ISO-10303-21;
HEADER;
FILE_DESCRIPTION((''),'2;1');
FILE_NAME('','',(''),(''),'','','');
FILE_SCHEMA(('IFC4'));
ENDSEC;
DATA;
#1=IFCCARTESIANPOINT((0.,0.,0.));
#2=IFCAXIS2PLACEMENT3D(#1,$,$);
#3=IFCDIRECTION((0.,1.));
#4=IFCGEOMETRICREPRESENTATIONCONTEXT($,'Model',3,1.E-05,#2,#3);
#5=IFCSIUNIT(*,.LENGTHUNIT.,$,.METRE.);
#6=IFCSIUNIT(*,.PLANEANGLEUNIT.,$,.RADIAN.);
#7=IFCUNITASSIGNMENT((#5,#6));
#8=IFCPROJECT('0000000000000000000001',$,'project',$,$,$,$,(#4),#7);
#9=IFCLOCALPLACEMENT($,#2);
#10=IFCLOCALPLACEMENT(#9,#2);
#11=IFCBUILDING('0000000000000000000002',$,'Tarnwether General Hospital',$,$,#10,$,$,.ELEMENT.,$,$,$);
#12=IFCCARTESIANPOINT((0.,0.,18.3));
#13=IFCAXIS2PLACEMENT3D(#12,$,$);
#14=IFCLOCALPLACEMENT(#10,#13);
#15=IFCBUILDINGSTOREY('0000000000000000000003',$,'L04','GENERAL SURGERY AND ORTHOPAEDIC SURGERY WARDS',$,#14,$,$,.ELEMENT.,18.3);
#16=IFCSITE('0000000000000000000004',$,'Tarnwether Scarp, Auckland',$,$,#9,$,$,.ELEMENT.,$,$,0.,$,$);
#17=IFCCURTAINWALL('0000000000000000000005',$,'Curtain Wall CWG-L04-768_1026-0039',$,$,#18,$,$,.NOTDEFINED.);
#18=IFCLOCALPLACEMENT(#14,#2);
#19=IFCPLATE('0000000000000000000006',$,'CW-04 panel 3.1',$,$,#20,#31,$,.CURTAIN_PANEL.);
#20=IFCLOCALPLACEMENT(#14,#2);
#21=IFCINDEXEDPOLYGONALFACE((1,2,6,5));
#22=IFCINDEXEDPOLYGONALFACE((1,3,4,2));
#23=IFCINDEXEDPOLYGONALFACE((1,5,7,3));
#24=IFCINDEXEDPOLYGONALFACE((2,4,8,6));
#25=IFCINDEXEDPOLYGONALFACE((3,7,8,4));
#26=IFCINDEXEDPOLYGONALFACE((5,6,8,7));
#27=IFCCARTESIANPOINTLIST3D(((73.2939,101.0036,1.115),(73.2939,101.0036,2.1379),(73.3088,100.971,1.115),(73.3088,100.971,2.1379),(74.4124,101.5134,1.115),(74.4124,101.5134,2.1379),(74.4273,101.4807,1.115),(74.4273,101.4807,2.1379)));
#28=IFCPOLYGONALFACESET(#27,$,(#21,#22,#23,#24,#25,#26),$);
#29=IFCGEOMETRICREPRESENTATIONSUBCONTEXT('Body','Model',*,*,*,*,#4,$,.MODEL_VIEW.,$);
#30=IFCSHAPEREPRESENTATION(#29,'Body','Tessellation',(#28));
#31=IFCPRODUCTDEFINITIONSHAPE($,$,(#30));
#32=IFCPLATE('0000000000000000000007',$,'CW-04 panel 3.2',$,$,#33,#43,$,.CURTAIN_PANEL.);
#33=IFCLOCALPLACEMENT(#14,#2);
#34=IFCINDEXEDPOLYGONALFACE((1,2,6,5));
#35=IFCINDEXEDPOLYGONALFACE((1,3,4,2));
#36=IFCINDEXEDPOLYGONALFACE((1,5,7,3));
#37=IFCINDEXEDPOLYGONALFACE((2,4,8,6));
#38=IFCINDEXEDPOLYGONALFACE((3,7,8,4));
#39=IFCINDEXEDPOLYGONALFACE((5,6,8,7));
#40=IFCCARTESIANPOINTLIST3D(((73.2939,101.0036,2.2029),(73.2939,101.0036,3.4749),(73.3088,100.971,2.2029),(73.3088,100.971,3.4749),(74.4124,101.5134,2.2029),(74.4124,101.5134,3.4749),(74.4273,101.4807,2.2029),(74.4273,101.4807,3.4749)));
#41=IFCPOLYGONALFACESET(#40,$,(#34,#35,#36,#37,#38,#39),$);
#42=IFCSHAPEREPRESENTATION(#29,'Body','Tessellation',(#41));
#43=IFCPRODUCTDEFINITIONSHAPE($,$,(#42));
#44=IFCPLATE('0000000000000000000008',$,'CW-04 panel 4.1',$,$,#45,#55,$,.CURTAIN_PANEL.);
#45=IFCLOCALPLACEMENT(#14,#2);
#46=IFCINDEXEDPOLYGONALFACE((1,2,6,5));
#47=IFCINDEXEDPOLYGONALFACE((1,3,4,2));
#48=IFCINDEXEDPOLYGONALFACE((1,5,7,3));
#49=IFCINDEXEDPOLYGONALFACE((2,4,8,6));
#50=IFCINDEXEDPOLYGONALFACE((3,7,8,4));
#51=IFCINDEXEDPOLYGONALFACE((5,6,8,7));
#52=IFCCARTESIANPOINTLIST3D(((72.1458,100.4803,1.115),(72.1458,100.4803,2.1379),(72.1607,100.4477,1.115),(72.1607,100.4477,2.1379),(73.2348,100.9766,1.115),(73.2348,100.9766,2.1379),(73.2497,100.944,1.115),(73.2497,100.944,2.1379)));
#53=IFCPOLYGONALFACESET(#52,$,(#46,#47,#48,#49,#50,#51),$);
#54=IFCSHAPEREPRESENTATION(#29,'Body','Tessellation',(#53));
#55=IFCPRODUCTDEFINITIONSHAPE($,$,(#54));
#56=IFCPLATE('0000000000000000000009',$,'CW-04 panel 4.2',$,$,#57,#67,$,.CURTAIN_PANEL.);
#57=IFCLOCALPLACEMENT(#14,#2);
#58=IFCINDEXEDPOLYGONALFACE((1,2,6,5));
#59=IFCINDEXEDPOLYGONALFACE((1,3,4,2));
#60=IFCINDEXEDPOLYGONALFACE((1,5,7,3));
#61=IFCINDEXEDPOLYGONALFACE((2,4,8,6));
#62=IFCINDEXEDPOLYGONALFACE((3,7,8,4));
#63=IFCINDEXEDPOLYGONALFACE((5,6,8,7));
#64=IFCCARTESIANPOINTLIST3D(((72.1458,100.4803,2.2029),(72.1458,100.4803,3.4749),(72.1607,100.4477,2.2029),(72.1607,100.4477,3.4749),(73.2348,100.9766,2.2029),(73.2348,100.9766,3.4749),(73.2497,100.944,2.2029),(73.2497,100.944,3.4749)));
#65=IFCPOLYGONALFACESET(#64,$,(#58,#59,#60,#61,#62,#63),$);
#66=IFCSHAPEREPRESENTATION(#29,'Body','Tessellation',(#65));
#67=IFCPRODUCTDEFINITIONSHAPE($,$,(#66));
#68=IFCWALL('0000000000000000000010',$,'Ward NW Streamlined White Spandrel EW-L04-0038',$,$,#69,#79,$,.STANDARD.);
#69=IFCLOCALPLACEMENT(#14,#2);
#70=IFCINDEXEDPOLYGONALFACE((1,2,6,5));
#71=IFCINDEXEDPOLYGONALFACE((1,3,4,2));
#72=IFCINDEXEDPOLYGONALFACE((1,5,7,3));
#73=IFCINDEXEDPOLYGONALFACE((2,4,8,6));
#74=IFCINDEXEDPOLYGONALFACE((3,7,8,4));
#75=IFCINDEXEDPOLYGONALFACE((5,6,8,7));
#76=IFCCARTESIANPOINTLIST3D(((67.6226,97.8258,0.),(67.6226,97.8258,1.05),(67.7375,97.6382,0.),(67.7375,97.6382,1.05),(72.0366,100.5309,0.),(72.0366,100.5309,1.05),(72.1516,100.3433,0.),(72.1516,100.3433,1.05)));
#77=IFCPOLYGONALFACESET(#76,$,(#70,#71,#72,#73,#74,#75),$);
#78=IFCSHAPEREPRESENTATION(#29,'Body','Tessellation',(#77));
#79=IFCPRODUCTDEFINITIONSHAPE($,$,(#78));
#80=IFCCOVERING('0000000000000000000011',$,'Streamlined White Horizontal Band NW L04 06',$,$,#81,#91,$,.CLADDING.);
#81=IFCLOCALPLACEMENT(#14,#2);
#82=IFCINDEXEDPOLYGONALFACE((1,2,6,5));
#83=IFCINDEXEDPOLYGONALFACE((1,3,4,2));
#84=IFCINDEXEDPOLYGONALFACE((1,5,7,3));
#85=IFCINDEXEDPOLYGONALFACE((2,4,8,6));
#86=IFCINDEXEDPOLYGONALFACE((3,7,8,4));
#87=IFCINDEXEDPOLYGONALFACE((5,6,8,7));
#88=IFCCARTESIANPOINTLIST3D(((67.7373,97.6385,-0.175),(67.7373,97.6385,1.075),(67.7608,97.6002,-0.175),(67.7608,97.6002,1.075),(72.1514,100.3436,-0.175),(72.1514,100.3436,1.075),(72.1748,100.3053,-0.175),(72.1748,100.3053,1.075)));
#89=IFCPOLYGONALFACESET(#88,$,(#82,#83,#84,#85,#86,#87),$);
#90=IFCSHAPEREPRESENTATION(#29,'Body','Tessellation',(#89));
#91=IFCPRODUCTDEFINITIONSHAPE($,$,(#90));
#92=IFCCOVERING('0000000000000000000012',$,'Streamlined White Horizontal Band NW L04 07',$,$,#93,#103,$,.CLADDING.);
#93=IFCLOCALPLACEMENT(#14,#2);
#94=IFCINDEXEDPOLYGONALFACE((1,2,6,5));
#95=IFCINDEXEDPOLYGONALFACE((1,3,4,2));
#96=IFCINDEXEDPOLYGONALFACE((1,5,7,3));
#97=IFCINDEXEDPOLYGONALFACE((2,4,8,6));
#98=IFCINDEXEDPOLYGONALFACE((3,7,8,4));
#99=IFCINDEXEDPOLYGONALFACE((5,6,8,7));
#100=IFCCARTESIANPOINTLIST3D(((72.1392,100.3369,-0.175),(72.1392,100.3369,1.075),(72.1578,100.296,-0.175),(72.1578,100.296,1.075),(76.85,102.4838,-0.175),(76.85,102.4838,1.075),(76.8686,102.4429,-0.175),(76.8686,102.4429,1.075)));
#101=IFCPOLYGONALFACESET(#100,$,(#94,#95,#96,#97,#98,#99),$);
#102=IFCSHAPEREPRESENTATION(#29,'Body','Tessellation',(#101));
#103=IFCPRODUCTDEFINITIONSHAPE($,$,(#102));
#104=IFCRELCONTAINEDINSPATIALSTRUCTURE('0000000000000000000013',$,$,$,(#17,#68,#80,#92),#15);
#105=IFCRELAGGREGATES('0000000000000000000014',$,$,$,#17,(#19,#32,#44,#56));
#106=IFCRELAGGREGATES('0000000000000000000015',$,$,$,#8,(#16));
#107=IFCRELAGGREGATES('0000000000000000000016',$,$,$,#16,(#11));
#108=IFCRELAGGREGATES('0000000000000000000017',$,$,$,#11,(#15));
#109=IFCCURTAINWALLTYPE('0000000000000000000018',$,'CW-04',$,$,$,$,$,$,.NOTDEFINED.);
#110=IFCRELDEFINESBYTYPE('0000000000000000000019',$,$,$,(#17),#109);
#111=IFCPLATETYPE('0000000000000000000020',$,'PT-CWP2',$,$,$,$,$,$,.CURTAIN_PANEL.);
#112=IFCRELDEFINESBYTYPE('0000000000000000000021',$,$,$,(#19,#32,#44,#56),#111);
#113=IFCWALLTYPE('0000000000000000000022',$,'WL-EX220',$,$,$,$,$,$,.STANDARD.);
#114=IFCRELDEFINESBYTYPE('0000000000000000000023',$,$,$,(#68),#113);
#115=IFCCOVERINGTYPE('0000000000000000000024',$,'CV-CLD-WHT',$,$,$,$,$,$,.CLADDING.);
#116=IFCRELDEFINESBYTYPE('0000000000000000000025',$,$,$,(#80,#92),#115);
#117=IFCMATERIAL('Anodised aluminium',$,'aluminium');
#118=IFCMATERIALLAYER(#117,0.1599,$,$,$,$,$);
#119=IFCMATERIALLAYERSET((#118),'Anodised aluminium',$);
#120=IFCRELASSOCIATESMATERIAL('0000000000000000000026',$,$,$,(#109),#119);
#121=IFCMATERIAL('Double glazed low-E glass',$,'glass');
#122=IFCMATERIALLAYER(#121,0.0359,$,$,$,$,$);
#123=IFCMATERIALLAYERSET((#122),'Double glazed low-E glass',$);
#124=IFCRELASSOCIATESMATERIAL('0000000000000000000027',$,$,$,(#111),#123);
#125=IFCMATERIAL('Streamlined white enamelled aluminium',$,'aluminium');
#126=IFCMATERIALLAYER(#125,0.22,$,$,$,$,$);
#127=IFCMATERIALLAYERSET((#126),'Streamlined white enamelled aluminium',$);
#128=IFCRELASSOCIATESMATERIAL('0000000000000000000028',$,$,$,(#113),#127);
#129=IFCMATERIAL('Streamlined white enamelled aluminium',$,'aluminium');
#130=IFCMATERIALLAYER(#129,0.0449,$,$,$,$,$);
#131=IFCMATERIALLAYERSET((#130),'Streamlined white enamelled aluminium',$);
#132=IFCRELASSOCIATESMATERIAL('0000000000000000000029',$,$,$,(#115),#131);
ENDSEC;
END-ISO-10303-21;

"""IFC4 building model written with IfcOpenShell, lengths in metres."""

from ifc_helpers import new_model, si_unit, direction, frame, frame_2d, origin, origin_2d, place, context, subcontext, project, spatial, rectangle, extrude, material, layer, layer_set, type_object, element, aggregate, save


model = new_model("IFC4")

# Units and contexts
model_context = context("Model", 3, precision=1e-05, world=origin(), true_north=direction((0.0, 1.0)))
body_context = subcontext(model_context, "Body", "Model", "MODEL_VIEW")
ifc_project = project(units=[si_unit("LENGTHUNIT", "METRE"), si_unit("PLANEANGLEUNIT", "RADIAN")], contexts=[model_context])

# Site, building, storey
site_placement = place(None, origin())
site = spatial("IfcSite", under=ifc_project, at=site_placement, Name="Tarnwether Scarp, Auckland", CompositionType="ELEMENT", RefElevation=0.0)
building_placement = place(site_placement, origin())
building = spatial("IfcBuilding", under=site, at=building_placement, Name="Tarnwether General Hospital", CompositionType="ELEMENT")
storey_placement = place(building_placement, frame((0.0, 0.0, 18.3)))
storey = spatial("IfcBuildingStorey", under=building, at=storey_placement, Name="L04", Description="GENERAL SURGERY AND ORTHOPAEDIC SURGERY WARDS", CompositionType="ELEMENT", Elevation=18.3)

# Curtain wall
ifc_material_1 = material(Name="Anodised aluminium", Category="aluminium")
ifc_layer_1 = layer(ifc_material_1, 0.1599)
ifc_layer_set_1 = layer_set([ifc_layer_1], Name="Anodised aluminium")
curtain_wall_type = type_object("IfcCurtainWallType", Name="CW-04", PredefinedType="NOTDEFINED", material=ifc_layer_set_1)
curtain_wall_1_placement = place(storey_placement, origin())
curtain_wall_1 = element("IfcCurtainWall", 1, at=curtain_wall_1_placement, inside=storey, type_object=curtain_wall_type, Name="Curtain Wall CWG-L04-768_1026-0039", PredefinedType="NOTDEFINED")

# Plates
ifc_material_2 = material(Name="Double glazed low-E glass", Category="glass")
ifc_layer_2 = layer(ifc_material_2, 0.0359)
ifc_layer_set_2 = layer_set([ifc_layer_2], Name="Double glazed low-E glass")
plate_type_1 = type_object("IfcPlateType", Name="PT-CWP2", PredefinedType="CURTAIN_PANEL", material=ifc_layer_set_2)
plate_1_placement = place(storey_placement, frame((73.8606, 101.2422, 1.115), z_axis=(0.0, 0.0, 1.0), x_axis=(-0.909956, -0.414705, 0.0)))
plate_1 = element("IfcPlate", 2, at=plate_1_placement, type_object=plate_type_1, Name="CW-04 panel 3.1", PredefinedType="CURTAIN_PANEL", context=body_context, shape_type="SweptSolid", body=[
    extrude(rectangle(XDim=1.2292, YDim=0.0359, at=origin_2d()), origin(), (0.0, 0.0, 1.0), 1.0229),
])
plate_2_placement = place(storey_placement, frame((73.8606, 101.2422, 2.2029), z_axis=(0.0, 0.0, 1.0), x_axis=(-0.909956, -0.414705, 0.0)))
plate_2 = element("IfcPlate", 3, at=plate_2_placement, type_object=plate_type_1, Name="CW-04 panel 3.2", PredefinedType="CURTAIN_PANEL", context=body_context, shape_type="SweptSolid", body=[
    extrude(rectangle(XDim=1.2292, YDim=0.0359, at=origin_2d()), origin(), (0.0, 0.0, 1.0), 1.272),
])
plate_3_placement = place(storey_placement, frame((72.6978, 100.7122, 1.115), z_axis=(0.0, 0.0, 1.0), x_axis=(-0.909956, -0.414705, 0.0)))
plate_3 = element("IfcPlate", 4, at=plate_3_placement, type_object=plate_type_1, Name="CW-04 panel 4.1", PredefinedType="CURTAIN_PANEL", context=body_context, shape_type="SweptSolid", body=[
    extrude(rectangle(XDim=1.1968, YDim=0.0359, at=origin_2d()), origin(), (0.0, 0.0, 1.0), 1.0229),
])
plate_4_placement = place(storey_placement, frame((72.6978, 100.7122, 2.2029), z_axis=(0.0, 0.0, 1.0), x_axis=(-0.909956, -0.414705, 0.0)))
plate_4 = element("IfcPlate", 5, at=plate_4_placement, type_object=plate_type_1, Name="CW-04 panel 4.2", PredefinedType="CURTAIN_PANEL", context=body_context, shape_type="SweptSolid", body=[
    extrude(rectangle(XDim=1.1968, YDim=0.0359, at=origin_2d()), origin(), (0.0, 0.0, 1.0), 1.272),
])
aggregate(curtain_wall_1, [plate_1, plate_2, plate_3, plate_4])

# Wall
ifc_material_3 = material(Name="Streamlined white enamelled aluminium", Category="aluminium")
ifc_layer_3 = layer(ifc_material_3, 0.22)
ifc_layer_set_3 = layer_set([ifc_layer_3], Name="Streamlined white enamelled aluminium")
wall_type = type_object("IfcWallType", Name="WL-EX220", PredefinedType="STANDARD", material=ifc_layer_set_3)
wall_placement = place(storey_placement, frame((72.094, 100.437, 0.0), z_axis=(0.0, 0.0, 1.0), x_axis=(-0.852628, -0.522518, 0.0)))
element("IfcWall", 6, at=wall_placement, inside=storey, type_object=wall_type, Name="Ward NW Streamlined White Spandrel EW-L04-0038", PredefinedType="STANDARD", context=body_context, shape_type="SweptSolid", body=[
    extrude(rectangle(XDim=5.177, YDim=0.22, at=frame_2d((2.5884, 0.0))), origin(), (0.0, 0.0, 1.0), 1.05),
])

# Coverings
ifc_material_4 = material(Name="Streamlined white enamelled aluminium", Category="aluminium")
ifc_layer_4 = layer(ifc_material_4, 0.0449)
ifc_layer_set_4 = layer_set([ifc_layer_4], Name="Streamlined white enamelled aluminium")
covering_type = type_object("IfcCoveringType", Name="CV-CLD-WHT", PredefinedType="CLADDING", material=ifc_layer_set_4)
for number, where, z_axis, x_axis, name in (
    (7, (69.9561, 98.9719, -0.175), (0.0, 0.0, 1.0), (-0.852631, -0.522513, 0.0), "Streamlined White Horizontal Band NW L04 06"),
    (8, (74.5039, 101.3899, -0.175), (0.0, 0.0, 1.0), (-0.909954, -0.414709, 0.0), "Streamlined White Horizontal Band NW L04 07"),
):
    element("IfcCovering", number, at=place(storey_placement, frame(where, z_axis=z_axis, x_axis=x_axis)), inside=storey, type_object=covering_type, Name=name, PredefinedType="CLADDING", context=body_context, shape_type="SweptSolid", body=[
        extrude(rectangle(XDim=5.177, YDim=0.0449, at=origin_2d()), origin(), (0.0, 0.0, 1.0), 1.25),
    ])

save(model, "model.ifc")
